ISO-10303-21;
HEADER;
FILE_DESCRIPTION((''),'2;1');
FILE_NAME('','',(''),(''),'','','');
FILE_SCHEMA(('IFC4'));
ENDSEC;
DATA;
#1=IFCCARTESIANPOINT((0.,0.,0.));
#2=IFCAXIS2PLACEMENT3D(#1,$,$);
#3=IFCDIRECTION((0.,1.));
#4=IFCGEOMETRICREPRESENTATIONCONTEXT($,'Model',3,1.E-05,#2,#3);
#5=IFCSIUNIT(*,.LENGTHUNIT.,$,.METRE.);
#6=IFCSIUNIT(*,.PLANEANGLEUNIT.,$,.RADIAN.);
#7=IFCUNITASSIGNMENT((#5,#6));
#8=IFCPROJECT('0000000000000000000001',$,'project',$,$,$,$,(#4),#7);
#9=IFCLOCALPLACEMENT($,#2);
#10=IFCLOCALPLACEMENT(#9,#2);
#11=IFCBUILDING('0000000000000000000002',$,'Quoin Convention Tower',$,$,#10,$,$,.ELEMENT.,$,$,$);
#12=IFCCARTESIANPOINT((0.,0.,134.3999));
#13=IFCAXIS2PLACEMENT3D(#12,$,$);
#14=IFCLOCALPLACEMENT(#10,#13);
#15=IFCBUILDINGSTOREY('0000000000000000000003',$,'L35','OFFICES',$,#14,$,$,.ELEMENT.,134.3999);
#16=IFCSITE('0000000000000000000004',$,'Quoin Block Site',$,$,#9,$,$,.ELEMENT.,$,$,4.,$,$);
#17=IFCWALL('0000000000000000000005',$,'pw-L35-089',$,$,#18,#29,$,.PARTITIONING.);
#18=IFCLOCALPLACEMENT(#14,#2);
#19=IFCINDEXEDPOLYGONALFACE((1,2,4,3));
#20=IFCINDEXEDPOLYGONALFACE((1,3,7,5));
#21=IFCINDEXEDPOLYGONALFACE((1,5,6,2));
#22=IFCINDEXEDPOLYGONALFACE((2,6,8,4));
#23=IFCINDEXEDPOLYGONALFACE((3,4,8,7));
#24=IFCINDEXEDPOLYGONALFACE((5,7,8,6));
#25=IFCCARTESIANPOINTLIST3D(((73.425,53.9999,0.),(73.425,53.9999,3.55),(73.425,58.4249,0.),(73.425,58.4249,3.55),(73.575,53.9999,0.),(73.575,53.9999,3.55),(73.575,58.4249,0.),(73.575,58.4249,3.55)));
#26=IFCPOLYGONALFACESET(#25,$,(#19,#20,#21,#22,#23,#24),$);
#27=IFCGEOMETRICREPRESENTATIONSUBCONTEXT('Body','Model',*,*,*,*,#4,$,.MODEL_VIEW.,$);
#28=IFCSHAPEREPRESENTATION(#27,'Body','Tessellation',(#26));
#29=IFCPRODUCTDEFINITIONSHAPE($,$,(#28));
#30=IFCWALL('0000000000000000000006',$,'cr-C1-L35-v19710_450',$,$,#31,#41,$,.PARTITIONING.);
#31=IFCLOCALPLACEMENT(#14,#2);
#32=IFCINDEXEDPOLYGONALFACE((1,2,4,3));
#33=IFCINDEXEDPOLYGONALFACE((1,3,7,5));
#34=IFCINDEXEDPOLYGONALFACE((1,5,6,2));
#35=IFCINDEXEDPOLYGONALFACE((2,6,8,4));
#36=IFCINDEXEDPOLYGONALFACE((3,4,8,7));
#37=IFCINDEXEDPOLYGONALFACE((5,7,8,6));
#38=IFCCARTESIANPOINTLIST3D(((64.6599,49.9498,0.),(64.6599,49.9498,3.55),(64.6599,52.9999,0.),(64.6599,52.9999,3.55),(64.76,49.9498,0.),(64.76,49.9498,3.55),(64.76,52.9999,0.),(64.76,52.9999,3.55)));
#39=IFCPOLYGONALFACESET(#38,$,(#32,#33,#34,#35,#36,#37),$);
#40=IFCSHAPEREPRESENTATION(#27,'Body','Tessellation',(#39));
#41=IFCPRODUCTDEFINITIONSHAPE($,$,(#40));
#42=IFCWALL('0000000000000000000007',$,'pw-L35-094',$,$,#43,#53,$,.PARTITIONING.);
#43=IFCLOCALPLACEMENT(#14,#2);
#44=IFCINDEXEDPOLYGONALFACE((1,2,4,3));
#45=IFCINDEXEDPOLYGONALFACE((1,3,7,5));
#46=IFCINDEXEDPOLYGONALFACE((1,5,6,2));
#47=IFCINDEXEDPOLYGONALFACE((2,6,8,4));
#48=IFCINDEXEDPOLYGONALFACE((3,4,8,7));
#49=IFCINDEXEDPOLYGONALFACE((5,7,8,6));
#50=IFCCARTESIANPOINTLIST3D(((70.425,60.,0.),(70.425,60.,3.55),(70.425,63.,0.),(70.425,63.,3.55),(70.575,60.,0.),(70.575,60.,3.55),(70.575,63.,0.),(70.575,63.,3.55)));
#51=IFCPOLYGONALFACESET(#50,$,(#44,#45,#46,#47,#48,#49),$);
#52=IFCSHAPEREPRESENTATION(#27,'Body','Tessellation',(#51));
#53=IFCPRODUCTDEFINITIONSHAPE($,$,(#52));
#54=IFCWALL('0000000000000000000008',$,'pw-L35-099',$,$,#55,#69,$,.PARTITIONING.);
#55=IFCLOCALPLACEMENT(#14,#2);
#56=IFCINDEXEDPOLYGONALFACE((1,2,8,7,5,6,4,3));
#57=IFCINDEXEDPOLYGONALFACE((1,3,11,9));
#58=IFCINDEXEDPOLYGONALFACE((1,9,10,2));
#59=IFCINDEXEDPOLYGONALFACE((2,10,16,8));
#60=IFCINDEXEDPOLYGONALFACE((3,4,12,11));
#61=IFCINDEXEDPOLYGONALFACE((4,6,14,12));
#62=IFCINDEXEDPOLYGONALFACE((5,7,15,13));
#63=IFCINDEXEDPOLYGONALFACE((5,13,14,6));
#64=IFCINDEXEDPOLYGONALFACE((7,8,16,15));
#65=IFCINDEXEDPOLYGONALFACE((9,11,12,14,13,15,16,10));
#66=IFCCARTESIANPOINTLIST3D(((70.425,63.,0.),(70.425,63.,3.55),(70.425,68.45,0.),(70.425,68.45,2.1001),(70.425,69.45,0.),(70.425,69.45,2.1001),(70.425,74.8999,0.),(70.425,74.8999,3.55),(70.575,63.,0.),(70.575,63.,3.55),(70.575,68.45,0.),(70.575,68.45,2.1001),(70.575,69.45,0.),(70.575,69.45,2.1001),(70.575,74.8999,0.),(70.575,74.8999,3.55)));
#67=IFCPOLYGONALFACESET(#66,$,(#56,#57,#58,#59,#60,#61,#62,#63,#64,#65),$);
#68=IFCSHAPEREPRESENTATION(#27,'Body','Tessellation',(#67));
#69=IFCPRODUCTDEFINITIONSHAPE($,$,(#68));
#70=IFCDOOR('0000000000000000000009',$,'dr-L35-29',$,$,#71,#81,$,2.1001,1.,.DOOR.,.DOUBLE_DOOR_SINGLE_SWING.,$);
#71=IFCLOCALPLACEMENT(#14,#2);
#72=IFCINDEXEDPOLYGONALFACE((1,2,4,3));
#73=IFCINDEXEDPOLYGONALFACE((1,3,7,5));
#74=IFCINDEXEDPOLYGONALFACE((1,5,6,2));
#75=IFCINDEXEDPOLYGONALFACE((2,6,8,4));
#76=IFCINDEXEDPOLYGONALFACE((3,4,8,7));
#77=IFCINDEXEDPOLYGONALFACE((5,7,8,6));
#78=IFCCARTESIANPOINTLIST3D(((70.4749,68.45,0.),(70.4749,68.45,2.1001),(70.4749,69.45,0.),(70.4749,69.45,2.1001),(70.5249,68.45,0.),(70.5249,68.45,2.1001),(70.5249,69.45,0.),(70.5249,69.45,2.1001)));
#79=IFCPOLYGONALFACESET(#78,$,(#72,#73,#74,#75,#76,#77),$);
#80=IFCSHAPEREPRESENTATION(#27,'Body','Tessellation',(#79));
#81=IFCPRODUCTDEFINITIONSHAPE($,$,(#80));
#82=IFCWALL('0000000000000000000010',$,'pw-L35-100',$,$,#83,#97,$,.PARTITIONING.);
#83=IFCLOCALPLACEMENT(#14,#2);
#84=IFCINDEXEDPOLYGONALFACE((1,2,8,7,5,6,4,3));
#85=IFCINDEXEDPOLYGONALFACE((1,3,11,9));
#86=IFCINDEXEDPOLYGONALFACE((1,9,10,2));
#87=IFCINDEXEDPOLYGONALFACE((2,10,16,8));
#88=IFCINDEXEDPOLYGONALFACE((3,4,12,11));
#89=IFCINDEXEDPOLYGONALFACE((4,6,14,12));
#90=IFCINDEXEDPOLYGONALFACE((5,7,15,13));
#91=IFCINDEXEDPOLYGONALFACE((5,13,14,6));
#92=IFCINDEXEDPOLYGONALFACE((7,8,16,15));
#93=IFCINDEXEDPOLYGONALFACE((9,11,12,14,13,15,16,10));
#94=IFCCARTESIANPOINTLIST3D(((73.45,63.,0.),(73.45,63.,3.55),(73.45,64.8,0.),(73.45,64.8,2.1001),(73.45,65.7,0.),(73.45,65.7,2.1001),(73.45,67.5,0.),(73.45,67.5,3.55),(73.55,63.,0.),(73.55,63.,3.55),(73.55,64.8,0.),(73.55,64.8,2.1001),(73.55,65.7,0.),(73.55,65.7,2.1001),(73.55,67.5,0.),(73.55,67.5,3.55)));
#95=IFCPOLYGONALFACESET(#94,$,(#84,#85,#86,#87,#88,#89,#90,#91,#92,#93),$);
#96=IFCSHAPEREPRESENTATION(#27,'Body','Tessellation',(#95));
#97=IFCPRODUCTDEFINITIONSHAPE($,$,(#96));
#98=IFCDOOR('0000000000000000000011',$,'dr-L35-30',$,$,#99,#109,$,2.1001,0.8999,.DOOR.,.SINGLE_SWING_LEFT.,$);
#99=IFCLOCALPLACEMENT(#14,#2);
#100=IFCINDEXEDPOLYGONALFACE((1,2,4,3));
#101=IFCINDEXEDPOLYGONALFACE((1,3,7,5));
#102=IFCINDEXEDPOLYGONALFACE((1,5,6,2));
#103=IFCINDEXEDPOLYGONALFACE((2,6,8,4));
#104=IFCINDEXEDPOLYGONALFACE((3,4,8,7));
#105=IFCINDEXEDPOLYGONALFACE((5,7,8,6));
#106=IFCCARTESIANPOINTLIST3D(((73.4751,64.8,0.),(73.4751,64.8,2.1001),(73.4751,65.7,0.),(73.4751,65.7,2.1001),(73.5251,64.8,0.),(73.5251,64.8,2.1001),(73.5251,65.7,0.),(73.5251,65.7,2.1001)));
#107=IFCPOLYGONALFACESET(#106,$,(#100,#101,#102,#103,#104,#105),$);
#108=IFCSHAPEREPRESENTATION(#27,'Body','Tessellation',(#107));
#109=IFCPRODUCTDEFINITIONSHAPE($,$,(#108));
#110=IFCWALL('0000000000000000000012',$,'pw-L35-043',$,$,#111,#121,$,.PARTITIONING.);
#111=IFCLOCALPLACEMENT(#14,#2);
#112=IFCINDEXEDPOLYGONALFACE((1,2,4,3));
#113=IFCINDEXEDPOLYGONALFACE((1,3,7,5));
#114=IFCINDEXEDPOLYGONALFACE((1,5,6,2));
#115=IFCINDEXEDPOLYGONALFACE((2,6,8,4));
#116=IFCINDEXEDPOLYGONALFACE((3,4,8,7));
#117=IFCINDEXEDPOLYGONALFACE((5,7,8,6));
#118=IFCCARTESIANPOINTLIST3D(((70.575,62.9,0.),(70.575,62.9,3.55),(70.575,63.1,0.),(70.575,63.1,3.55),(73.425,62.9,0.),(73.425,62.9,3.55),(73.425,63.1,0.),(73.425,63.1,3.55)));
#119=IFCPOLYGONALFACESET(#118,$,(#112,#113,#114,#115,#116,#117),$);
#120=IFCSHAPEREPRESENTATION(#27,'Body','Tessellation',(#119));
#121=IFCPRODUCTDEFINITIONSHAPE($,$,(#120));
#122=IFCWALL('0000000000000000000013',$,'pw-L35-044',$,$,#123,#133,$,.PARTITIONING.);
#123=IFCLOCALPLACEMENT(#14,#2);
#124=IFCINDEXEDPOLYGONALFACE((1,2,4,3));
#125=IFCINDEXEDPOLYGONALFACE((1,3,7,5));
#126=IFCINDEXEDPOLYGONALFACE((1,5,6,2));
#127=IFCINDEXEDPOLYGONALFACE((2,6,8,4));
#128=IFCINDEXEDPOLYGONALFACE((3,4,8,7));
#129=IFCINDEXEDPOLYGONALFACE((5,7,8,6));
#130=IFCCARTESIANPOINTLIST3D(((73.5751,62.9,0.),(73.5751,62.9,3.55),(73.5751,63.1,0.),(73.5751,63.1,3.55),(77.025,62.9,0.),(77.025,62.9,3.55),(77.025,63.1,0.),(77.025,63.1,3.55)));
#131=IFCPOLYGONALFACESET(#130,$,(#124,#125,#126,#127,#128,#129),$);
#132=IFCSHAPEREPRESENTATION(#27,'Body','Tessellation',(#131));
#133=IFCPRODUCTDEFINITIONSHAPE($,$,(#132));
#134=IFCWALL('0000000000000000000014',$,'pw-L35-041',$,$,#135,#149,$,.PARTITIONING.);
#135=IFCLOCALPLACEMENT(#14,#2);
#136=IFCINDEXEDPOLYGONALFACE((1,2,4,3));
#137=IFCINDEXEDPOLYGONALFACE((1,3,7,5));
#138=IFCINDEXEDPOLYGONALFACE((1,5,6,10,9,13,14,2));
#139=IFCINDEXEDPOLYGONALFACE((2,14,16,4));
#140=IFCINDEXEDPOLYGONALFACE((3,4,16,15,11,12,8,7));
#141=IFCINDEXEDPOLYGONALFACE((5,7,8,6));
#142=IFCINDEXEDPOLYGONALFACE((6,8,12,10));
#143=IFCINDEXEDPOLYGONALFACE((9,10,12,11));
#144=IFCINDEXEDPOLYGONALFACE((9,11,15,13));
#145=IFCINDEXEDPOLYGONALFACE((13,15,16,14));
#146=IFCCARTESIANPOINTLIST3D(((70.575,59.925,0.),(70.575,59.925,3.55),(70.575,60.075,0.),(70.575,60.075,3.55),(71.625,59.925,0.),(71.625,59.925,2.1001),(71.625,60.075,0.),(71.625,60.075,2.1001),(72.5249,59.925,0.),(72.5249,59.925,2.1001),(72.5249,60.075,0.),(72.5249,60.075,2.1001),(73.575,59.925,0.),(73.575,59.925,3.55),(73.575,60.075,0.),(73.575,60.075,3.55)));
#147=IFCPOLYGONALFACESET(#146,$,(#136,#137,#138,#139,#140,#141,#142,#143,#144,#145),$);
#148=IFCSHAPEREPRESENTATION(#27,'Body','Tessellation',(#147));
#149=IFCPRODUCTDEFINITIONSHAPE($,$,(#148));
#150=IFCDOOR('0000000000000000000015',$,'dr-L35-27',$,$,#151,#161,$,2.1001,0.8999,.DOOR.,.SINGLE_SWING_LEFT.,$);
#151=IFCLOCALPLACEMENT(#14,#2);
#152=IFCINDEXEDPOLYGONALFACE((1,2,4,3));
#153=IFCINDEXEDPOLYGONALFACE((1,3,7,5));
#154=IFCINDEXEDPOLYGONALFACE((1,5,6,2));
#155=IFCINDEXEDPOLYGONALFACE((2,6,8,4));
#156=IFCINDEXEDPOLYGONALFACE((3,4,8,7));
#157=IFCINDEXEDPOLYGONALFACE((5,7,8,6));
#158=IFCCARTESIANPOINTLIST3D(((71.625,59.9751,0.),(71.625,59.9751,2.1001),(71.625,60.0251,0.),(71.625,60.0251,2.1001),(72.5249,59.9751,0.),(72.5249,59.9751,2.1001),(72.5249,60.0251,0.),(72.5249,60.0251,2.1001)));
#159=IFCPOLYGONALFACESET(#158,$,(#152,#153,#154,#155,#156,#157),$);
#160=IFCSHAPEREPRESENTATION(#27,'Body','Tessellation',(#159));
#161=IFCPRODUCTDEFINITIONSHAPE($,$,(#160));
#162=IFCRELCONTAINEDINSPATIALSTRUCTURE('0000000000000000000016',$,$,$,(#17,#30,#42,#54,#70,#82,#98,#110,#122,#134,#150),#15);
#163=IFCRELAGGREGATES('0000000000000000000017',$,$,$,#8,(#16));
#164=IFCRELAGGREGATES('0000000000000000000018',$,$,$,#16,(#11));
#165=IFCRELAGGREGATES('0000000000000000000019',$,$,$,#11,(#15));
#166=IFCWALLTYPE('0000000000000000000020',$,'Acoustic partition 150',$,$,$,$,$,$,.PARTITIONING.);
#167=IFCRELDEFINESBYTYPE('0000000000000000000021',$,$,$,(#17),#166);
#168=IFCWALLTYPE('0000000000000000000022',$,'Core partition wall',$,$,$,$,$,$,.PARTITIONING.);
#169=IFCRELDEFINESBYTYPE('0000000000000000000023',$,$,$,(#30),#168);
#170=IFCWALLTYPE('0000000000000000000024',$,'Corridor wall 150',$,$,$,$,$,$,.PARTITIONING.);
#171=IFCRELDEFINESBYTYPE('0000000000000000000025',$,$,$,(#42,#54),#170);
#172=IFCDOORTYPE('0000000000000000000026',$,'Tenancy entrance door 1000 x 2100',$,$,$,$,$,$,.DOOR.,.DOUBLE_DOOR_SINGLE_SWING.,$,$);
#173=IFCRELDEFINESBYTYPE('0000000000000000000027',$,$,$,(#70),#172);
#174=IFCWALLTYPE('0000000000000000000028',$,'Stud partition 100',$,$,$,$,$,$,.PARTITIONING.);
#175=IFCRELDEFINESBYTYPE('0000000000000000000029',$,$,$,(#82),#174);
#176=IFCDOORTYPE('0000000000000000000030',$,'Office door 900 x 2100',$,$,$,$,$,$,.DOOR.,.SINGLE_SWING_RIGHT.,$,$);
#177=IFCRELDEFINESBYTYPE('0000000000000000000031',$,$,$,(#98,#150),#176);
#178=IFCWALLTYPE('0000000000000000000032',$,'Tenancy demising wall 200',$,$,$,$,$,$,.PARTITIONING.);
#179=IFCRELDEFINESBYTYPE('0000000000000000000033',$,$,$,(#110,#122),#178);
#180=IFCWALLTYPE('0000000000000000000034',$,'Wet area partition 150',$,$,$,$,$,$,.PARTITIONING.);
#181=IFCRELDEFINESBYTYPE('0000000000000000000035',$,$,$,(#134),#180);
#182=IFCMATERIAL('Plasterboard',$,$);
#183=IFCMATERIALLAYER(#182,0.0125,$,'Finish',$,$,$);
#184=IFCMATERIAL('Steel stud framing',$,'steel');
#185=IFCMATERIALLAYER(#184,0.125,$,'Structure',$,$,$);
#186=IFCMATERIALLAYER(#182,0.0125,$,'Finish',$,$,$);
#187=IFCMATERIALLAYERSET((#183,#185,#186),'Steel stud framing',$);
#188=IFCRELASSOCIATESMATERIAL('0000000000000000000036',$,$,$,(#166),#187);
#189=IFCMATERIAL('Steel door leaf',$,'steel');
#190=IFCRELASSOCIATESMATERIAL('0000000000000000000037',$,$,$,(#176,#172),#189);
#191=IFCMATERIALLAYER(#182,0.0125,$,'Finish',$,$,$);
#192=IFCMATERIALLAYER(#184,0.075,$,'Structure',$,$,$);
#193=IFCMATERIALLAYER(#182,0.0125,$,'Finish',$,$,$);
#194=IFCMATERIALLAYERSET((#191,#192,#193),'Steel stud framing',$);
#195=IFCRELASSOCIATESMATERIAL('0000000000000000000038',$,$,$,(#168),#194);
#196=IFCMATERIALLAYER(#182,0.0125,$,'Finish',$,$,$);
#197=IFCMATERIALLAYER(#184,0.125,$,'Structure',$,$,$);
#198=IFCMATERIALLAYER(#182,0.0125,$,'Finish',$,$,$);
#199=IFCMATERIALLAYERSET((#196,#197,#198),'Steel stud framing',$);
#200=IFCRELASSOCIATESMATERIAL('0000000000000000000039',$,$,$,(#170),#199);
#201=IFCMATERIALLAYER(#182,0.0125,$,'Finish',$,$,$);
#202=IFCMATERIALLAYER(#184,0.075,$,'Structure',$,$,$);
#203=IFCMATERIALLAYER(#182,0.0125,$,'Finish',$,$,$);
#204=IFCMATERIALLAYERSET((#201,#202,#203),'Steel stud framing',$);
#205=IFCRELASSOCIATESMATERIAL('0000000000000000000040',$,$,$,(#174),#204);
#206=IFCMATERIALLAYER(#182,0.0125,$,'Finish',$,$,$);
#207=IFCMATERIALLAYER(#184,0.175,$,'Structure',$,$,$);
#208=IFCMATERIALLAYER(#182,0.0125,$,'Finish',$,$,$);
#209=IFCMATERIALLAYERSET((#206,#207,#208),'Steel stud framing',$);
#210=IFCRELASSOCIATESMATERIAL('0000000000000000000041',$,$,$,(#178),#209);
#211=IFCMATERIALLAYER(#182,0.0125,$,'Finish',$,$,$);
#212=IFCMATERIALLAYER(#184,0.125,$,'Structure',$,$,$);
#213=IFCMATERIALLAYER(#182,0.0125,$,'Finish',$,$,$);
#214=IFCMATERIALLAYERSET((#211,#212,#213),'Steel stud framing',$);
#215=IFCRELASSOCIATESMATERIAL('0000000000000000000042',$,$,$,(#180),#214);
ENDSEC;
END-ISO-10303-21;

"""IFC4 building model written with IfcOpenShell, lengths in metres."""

from ifc_helpers import new_model, si_unit, direction, frame, frame_2d, origin, place, context, subcontext, project, spatial, rectangle, extrude, material, layer, layer_set, type_object, element, fill, save


model = new_model("IFC4")

# Units and contexts
model_context = context("Model", 3, precision=1e-05, world=origin(), true_north=direction((0.0, 1.0)))
body_context = subcontext(model_context, "Body", "Model", "MODEL_VIEW")
ifc_project = project(units=[si_unit("LENGTHUNIT", "METRE"), si_unit("PLANEANGLEUNIT", "RADIAN")], contexts=[model_context])

# Site, building, storey
site_placement = place(None, origin())
site = spatial("IfcSite", under=ifc_project, at=site_placement, Name="Quoin Block Site", CompositionType="ELEMENT", RefElevation=4.0)
building_placement = place(site_placement, origin())
building = spatial("IfcBuilding", under=site, at=building_placement, Name="Quoin Convention Tower", CompositionType="ELEMENT")
storey_placement = place(building_placement, frame((0.0, 0.0, 134.3999)))
storey = spatial("IfcBuildingStorey", under=building, at=storey_placement, Name="L35", Description="OFFICES", CompositionType="ELEMENT", Elevation=134.3999)

# Shared definitions
ifc_material_1 = material(Name="Plasterboard")
ifc_layer_1 = layer(ifc_material_1, 0.0125, Name="Finish")
ifc_material_2 = material(Name="Steel stud framing", Category="steel")
ifc_layer_2 = layer(ifc_material_2, 0.125, Name="Structure")
ifc_layer_3 = layer(ifc_material_1, 0.0125, Name="Finish")
ifc_layer_set_1 = layer_set([ifc_layer_1, ifc_layer_2, ifc_layer_3], Name="Steel stud framing")
wall_type_1 = type_object("IfcWallType", Name="Acoustic partition 150", PredefinedType="PARTITIONING", material=ifc_layer_set_1)

# Shared definitions
ifc_material_3 = material(Name="Steel door leaf", Category="steel")
door_type_1 = type_object("IfcDoorType", Name="Office door 900 x 2100", OperationType="SINGLE_SWING_RIGHT", PredefinedType="DOOR", material=ifc_material_3)

# Walls
wall_1_placement = place(storey_placement, frame((73.5, 54.0, 0.0), z_axis=(0.0, 0.0, 1.0), x_axis=(0.0, 1.0, 0.0)))
element("IfcWall", 1, at=wall_1_placement, inside=storey, type_object=wall_type_1, Name="pw-L35-089", PredefinedType="PARTITIONING", context=body_context, shape_type="SweptSolid", body=[
    extrude(rectangle(XDim=4.425, YDim=0.1499, at=frame_2d((2.2124, 0.0))), origin(), (0.0, 0.0, 1.0), 3.55),
])
ifc_layer_4 = layer(ifc_material_1, 0.0125, Name="Finish")
ifc_layer_5 = layer(ifc_material_2, 0.075, Name="Structure")
ifc_layer_6 = layer(ifc_material_1, 0.0125, Name="Finish")
ifc_layer_set_2 = layer_set([ifc_layer_4, ifc_layer_5, ifc_layer_6], Name="Steel stud framing")
wall_type_2 = type_object("IfcWallType", Name="Core partition wall", PredefinedType="PARTITIONING", material=ifc_layer_set_2)
wall_2_placement = place(storey_placement, frame((64.71, 49.95, 0.0), z_axis=(0.0, 0.0, 1.0), x_axis=(0.0, 1.0, 0.0)))
element("IfcWall", 2, at=wall_2_placement, inside=storey, type_object=wall_type_2, Name="cr-C1-L35-v19710_450", PredefinedType="PARTITIONING", context=body_context, shape_type="SweptSolid", body=[
    extrude(rectangle(XDim=3.05, YDim=0.1001, at=frame_2d((1.5249, 0.0))), origin(), (0.0, 0.0, 1.0), 3.55),
])
ifc_layer_7 = layer(ifc_material_1, 0.0125, Name="Finish")
ifc_layer_8 = layer(ifc_material_2, 0.125, Name="Structure")
ifc_layer_9 = layer(ifc_material_1, 0.0125, Name="Finish")
ifc_layer_set_3 = layer_set([ifc_layer_7, ifc_layer_8, ifc_layer_9], Name="Steel stud framing")
wall_type_3 = type_object("IfcWallType", Name="Corridor wall 150", PredefinedType="PARTITIONING", material=ifc_layer_set_3)
wall_3_placement = place(storey_placement, frame((70.5, 60.0, 0.0), z_axis=(0.0, 0.0, 1.0), x_axis=(0.0, 1.0, 0.0)))
element("IfcWall", 3, at=wall_3_placement, inside=storey, type_object=wall_type_3, Name="pw-L35-094", PredefinedType="PARTITIONING", context=body_context, shape_type="SweptSolid", body=[
    extrude(rectangle(XDim=3.0, YDim=0.1499, at=frame_2d((1.5, 0.0))), origin(), (0.0, 0.0, 1.0), 3.55),
])

# Walls, openings, doors
wall_4_placement = place(storey_placement, frame((70.5, 63.0, 0.0), z_axis=(0.0, 0.0, 1.0), x_axis=(0.0, 1.0, 0.0)))
wall_4 = element("IfcWall", 4, at=wall_4_placement, inside=storey, type_object=wall_type_3, Name="pw-L35-099", PredefinedType="PARTITIONING", context=body_context, shape_type="SweptSolid", body=[
    extrude(rectangle(XDim=11.8999, YDim=0.1499, at=frame_2d((5.95, 0.0))), origin(), (0.0, 0.0, 1.0), 3.55),
])
opening_1_placement = place(wall_4_placement, frame((5.45, 0.0, 0.0)))
opening_1 = element("IfcOpeningElement", 5, at=opening_1_placement, cuts=wall_4, PredefinedType="OPENING", context=body_context, shape_type="SweptSolid", body=[
    extrude(rectangle(XDim=1.0, YDim=2.1001, at=frame_2d((0.5, 1.05))), frame((0.0, 0.085, 0.0), z_axis=(0.0, -1.0, 0.0), x_axis=(1.0, 0.0, 0.0)), (0.0, 0.0, 1.0), 0.1699),
])
door_type_2 = type_object("IfcDoorType", Name="Tenancy entrance door 1000 x 2100", OperationType="DOUBLE_DOOR_SINGLE_SWING", PredefinedType="DOOR", material=ifc_material_3)
door_1_placement = place(opening_1_placement, frame((1.0, 0.0, 0.0), z_axis=(0.0, 0.0, 1.0), x_axis=(-1.0, 0.0, 0.0)))
door_1 = element("IfcDoor", 6, at=door_1_placement, inside=storey, type_object=door_type_2, Name="dr-L35-29", OperationType="DOUBLE_DOOR_SINGLE_SWING", OverallHeight=2.1001, OverallWidth=1.0, PredefinedType="DOOR", context=body_context, shape_type="SweptSolid", body=[
    extrude(rectangle(XDim=1.0, YDim=2.1001, at=frame_2d((0.5, 1.05))), frame((0.0, 0.0249, 0.0), z_axis=(0.0, -1.0, 0.0), x_axis=(1.0, 0.0, 0.0)), (0.0, 0.0, 1.0), 0.05),
])
fill(opening_1, door_1)
ifc_layer_10 = layer(ifc_material_1, 0.0125, Name="Finish")
ifc_layer_11 = layer(ifc_material_2, 0.075, Name="Structure")
ifc_layer_12 = layer(ifc_material_1, 0.0125, Name="Finish")
ifc_layer_set_4 = layer_set([ifc_layer_10, ifc_layer_11, ifc_layer_12], Name="Steel stud framing")
wall_type_4 = type_object("IfcWallType", Name="Stud partition 100", PredefinedType="PARTITIONING", material=ifc_layer_set_4)
wall_5_placement = place(storey_placement, frame((73.5, 63.0, 0.0), z_axis=(0.0, 0.0, 1.0), x_axis=(0.0, 1.0, 0.0)))
wall_5 = element("IfcWall", 7, at=wall_5_placement, inside=storey, type_object=wall_type_4, Name="pw-L35-100", PredefinedType="PARTITIONING", context=body_context, shape_type="SweptSolid", body=[
    extrude(rectangle(XDim=4.5, YDim=0.1001, at=frame_2d((2.25, 0.0))), origin(), (0.0, 0.0, 1.0), 3.55),
])
opening_2_placement = place(wall_5_placement, frame((1.8, 0.0, 0.0)))
opening_2 = element("IfcOpeningElement", 8, at=opening_2_placement, cuts=wall_5, PredefinedType="OPENING", context=body_context, shape_type="SweptSolid", body=[
    extrude(rectangle(XDim=0.8999, YDim=2.1001, at=frame_2d((0.45, 1.05))), frame((0.0, 0.0601, 0.0), z_axis=(0.0, -1.0, 0.0), x_axis=(1.0, 0.0, 0.0)), (0.0, 0.0, 1.0), 0.1201),
])
door_2_placement = place(opening_2_placement, origin())
door_2 = element("IfcDoor", 9, at=door_2_placement, inside=storey, type_object=door_type_1, Name="dr-L35-30", OperationType="SINGLE_SWING_LEFT", OverallHeight=2.1001, OverallWidth=0.8999, PredefinedType="DOOR", context=body_context, shape_type="SweptSolid", body=[
    extrude(rectangle(XDim=0.8999, YDim=2.1001, at=frame_2d((0.45, 1.05))), frame((0.0, 0.0249, 0.0), z_axis=(0.0, -1.0, 0.0), x_axis=(1.0, 0.0, 0.0)), (0.0, 0.0, 1.0), 0.05),
])
fill(opening_2, door_2)

# Walls
ifc_layer_13 = layer(ifc_material_1, 0.0125, Name="Finish")
ifc_layer_14 = layer(ifc_material_2, 0.175, Name="Structure")
ifc_layer_15 = layer(ifc_material_1, 0.0125, Name="Finish")
ifc_layer_set_5 = layer_set([ifc_layer_13, ifc_layer_14, ifc_layer_15], Name="Steel stud framing")
wall_type_5 = type_object("IfcWallType", Name="Tenancy demising wall 200", PredefinedType="PARTITIONING", material=ifc_layer_set_5)
wall_6_placement = place(storey_placement, frame((70.575, 63.0, 0.0), z_axis=(0.0, 0.0, 1.0), x_axis=(1.0, 0.0, 0.0)))
element("IfcWall", 10, at=wall_6_placement, inside=storey, type_object=wall_type_5, Name="pw-L35-043", PredefinedType="PARTITIONING", context=body_context, shape_type="SweptSolid", body=[
    extrude(rectangle(XDim=2.8501, YDim=0.2, at=frame_2d((1.425, 0.0))), origin(), (0.0, 0.0, 1.0), 3.55),
])
wall_7_placement = place(storey_placement, frame((73.575, 63.0, 0.0), z_axis=(0.0, 0.0, 1.0), x_axis=(1.0, 0.0, 0.0)))
element("IfcWall", 11, at=wall_7_placement, inside=storey, type_object=wall_type_5, Name="pw-L35-044", PredefinedType="PARTITIONING", context=body_context, shape_type="SweptSolid", body=[
    extrude(rectangle(XDim=3.45, YDim=0.2, at=frame_2d((1.7251, 0.0))), origin(), (0.0, 0.0, 1.0), 3.55),
])

# Wall, opening, door
ifc_layer_16 = layer(ifc_material_1, 0.0125, Name="Finish")
ifc_layer_17 = layer(ifc_material_2, 0.125, Name="Structure")
ifc_layer_18 = layer(ifc_material_1, 0.0125, Name="Finish")
ifc_layer_set_6 = layer_set([ifc_layer_16, ifc_layer_17, ifc_layer_18], Name="Steel stud framing")
wall_type_6 = type_object("IfcWallType", Name="Wet area partition 150", PredefinedType="PARTITIONING", material=ifc_layer_set_6)
wall_8_placement = place(storey_placement, frame((70.575, 60.0, 0.0), z_axis=(0.0, 0.0, 1.0), x_axis=(1.0, 0.0, 0.0)))
wall_8 = element("IfcWall", 12, at=wall_8_placement, inside=storey, type_object=wall_type_6, Name="pw-L35-041", PredefinedType="PARTITIONING", context=body_context, shape_type="SweptSolid", body=[
    extrude(rectangle(XDim=3.0, YDim=0.1499, at=frame_2d((1.5, 0.0))), origin(), (0.0, 0.0, 1.0), 3.55),
])
opening_3_placement = place(wall_8_placement, frame((1.05, 0.0, 0.0)))
opening_3 = element("IfcOpeningElement", 13, at=opening_3_placement, cuts=wall_8, PredefinedType="OPENING", context=body_context, shape_type="SweptSolid", body=[
    extrude(rectangle(XDim=0.8999, YDim=2.1001, at=frame_2d((0.45, 1.05))), frame((0.0, 0.085, 0.0), z_axis=(0.0, -1.0, 0.0), x_axis=(1.0, 0.0, 0.0)), (0.0, 0.0, 1.0), 0.1699),
])
door_3_placement = place(opening_3_placement, frame((0.8999, 0.0, 0.0), z_axis=(0.0, 0.0, 1.0), x_axis=(-1.0, 0.0, 0.0)))
door_3 = element("IfcDoor", 14, at=door_3_placement, inside=storey, type_object=door_type_1, Name="dr-L35-27", OperationType="SINGLE_SWING_LEFT", OverallHeight=2.1001, OverallWidth=0.8999, PredefinedType="DOOR", context=body_context, shape_type="SweptSolid", body=[
    extrude(rectangle(XDim=0.8999, YDim=2.1001, at=frame_2d((0.45, 1.05))), frame((0.0, 0.0249, 0.0), z_axis=(0.0, -1.0, 0.0), x_axis=(1.0, 0.0, 0.0)), (0.0, 0.0, 1.0), 0.05),
])
fill(opening_3, door_3)

save(model, "model.ifc")
